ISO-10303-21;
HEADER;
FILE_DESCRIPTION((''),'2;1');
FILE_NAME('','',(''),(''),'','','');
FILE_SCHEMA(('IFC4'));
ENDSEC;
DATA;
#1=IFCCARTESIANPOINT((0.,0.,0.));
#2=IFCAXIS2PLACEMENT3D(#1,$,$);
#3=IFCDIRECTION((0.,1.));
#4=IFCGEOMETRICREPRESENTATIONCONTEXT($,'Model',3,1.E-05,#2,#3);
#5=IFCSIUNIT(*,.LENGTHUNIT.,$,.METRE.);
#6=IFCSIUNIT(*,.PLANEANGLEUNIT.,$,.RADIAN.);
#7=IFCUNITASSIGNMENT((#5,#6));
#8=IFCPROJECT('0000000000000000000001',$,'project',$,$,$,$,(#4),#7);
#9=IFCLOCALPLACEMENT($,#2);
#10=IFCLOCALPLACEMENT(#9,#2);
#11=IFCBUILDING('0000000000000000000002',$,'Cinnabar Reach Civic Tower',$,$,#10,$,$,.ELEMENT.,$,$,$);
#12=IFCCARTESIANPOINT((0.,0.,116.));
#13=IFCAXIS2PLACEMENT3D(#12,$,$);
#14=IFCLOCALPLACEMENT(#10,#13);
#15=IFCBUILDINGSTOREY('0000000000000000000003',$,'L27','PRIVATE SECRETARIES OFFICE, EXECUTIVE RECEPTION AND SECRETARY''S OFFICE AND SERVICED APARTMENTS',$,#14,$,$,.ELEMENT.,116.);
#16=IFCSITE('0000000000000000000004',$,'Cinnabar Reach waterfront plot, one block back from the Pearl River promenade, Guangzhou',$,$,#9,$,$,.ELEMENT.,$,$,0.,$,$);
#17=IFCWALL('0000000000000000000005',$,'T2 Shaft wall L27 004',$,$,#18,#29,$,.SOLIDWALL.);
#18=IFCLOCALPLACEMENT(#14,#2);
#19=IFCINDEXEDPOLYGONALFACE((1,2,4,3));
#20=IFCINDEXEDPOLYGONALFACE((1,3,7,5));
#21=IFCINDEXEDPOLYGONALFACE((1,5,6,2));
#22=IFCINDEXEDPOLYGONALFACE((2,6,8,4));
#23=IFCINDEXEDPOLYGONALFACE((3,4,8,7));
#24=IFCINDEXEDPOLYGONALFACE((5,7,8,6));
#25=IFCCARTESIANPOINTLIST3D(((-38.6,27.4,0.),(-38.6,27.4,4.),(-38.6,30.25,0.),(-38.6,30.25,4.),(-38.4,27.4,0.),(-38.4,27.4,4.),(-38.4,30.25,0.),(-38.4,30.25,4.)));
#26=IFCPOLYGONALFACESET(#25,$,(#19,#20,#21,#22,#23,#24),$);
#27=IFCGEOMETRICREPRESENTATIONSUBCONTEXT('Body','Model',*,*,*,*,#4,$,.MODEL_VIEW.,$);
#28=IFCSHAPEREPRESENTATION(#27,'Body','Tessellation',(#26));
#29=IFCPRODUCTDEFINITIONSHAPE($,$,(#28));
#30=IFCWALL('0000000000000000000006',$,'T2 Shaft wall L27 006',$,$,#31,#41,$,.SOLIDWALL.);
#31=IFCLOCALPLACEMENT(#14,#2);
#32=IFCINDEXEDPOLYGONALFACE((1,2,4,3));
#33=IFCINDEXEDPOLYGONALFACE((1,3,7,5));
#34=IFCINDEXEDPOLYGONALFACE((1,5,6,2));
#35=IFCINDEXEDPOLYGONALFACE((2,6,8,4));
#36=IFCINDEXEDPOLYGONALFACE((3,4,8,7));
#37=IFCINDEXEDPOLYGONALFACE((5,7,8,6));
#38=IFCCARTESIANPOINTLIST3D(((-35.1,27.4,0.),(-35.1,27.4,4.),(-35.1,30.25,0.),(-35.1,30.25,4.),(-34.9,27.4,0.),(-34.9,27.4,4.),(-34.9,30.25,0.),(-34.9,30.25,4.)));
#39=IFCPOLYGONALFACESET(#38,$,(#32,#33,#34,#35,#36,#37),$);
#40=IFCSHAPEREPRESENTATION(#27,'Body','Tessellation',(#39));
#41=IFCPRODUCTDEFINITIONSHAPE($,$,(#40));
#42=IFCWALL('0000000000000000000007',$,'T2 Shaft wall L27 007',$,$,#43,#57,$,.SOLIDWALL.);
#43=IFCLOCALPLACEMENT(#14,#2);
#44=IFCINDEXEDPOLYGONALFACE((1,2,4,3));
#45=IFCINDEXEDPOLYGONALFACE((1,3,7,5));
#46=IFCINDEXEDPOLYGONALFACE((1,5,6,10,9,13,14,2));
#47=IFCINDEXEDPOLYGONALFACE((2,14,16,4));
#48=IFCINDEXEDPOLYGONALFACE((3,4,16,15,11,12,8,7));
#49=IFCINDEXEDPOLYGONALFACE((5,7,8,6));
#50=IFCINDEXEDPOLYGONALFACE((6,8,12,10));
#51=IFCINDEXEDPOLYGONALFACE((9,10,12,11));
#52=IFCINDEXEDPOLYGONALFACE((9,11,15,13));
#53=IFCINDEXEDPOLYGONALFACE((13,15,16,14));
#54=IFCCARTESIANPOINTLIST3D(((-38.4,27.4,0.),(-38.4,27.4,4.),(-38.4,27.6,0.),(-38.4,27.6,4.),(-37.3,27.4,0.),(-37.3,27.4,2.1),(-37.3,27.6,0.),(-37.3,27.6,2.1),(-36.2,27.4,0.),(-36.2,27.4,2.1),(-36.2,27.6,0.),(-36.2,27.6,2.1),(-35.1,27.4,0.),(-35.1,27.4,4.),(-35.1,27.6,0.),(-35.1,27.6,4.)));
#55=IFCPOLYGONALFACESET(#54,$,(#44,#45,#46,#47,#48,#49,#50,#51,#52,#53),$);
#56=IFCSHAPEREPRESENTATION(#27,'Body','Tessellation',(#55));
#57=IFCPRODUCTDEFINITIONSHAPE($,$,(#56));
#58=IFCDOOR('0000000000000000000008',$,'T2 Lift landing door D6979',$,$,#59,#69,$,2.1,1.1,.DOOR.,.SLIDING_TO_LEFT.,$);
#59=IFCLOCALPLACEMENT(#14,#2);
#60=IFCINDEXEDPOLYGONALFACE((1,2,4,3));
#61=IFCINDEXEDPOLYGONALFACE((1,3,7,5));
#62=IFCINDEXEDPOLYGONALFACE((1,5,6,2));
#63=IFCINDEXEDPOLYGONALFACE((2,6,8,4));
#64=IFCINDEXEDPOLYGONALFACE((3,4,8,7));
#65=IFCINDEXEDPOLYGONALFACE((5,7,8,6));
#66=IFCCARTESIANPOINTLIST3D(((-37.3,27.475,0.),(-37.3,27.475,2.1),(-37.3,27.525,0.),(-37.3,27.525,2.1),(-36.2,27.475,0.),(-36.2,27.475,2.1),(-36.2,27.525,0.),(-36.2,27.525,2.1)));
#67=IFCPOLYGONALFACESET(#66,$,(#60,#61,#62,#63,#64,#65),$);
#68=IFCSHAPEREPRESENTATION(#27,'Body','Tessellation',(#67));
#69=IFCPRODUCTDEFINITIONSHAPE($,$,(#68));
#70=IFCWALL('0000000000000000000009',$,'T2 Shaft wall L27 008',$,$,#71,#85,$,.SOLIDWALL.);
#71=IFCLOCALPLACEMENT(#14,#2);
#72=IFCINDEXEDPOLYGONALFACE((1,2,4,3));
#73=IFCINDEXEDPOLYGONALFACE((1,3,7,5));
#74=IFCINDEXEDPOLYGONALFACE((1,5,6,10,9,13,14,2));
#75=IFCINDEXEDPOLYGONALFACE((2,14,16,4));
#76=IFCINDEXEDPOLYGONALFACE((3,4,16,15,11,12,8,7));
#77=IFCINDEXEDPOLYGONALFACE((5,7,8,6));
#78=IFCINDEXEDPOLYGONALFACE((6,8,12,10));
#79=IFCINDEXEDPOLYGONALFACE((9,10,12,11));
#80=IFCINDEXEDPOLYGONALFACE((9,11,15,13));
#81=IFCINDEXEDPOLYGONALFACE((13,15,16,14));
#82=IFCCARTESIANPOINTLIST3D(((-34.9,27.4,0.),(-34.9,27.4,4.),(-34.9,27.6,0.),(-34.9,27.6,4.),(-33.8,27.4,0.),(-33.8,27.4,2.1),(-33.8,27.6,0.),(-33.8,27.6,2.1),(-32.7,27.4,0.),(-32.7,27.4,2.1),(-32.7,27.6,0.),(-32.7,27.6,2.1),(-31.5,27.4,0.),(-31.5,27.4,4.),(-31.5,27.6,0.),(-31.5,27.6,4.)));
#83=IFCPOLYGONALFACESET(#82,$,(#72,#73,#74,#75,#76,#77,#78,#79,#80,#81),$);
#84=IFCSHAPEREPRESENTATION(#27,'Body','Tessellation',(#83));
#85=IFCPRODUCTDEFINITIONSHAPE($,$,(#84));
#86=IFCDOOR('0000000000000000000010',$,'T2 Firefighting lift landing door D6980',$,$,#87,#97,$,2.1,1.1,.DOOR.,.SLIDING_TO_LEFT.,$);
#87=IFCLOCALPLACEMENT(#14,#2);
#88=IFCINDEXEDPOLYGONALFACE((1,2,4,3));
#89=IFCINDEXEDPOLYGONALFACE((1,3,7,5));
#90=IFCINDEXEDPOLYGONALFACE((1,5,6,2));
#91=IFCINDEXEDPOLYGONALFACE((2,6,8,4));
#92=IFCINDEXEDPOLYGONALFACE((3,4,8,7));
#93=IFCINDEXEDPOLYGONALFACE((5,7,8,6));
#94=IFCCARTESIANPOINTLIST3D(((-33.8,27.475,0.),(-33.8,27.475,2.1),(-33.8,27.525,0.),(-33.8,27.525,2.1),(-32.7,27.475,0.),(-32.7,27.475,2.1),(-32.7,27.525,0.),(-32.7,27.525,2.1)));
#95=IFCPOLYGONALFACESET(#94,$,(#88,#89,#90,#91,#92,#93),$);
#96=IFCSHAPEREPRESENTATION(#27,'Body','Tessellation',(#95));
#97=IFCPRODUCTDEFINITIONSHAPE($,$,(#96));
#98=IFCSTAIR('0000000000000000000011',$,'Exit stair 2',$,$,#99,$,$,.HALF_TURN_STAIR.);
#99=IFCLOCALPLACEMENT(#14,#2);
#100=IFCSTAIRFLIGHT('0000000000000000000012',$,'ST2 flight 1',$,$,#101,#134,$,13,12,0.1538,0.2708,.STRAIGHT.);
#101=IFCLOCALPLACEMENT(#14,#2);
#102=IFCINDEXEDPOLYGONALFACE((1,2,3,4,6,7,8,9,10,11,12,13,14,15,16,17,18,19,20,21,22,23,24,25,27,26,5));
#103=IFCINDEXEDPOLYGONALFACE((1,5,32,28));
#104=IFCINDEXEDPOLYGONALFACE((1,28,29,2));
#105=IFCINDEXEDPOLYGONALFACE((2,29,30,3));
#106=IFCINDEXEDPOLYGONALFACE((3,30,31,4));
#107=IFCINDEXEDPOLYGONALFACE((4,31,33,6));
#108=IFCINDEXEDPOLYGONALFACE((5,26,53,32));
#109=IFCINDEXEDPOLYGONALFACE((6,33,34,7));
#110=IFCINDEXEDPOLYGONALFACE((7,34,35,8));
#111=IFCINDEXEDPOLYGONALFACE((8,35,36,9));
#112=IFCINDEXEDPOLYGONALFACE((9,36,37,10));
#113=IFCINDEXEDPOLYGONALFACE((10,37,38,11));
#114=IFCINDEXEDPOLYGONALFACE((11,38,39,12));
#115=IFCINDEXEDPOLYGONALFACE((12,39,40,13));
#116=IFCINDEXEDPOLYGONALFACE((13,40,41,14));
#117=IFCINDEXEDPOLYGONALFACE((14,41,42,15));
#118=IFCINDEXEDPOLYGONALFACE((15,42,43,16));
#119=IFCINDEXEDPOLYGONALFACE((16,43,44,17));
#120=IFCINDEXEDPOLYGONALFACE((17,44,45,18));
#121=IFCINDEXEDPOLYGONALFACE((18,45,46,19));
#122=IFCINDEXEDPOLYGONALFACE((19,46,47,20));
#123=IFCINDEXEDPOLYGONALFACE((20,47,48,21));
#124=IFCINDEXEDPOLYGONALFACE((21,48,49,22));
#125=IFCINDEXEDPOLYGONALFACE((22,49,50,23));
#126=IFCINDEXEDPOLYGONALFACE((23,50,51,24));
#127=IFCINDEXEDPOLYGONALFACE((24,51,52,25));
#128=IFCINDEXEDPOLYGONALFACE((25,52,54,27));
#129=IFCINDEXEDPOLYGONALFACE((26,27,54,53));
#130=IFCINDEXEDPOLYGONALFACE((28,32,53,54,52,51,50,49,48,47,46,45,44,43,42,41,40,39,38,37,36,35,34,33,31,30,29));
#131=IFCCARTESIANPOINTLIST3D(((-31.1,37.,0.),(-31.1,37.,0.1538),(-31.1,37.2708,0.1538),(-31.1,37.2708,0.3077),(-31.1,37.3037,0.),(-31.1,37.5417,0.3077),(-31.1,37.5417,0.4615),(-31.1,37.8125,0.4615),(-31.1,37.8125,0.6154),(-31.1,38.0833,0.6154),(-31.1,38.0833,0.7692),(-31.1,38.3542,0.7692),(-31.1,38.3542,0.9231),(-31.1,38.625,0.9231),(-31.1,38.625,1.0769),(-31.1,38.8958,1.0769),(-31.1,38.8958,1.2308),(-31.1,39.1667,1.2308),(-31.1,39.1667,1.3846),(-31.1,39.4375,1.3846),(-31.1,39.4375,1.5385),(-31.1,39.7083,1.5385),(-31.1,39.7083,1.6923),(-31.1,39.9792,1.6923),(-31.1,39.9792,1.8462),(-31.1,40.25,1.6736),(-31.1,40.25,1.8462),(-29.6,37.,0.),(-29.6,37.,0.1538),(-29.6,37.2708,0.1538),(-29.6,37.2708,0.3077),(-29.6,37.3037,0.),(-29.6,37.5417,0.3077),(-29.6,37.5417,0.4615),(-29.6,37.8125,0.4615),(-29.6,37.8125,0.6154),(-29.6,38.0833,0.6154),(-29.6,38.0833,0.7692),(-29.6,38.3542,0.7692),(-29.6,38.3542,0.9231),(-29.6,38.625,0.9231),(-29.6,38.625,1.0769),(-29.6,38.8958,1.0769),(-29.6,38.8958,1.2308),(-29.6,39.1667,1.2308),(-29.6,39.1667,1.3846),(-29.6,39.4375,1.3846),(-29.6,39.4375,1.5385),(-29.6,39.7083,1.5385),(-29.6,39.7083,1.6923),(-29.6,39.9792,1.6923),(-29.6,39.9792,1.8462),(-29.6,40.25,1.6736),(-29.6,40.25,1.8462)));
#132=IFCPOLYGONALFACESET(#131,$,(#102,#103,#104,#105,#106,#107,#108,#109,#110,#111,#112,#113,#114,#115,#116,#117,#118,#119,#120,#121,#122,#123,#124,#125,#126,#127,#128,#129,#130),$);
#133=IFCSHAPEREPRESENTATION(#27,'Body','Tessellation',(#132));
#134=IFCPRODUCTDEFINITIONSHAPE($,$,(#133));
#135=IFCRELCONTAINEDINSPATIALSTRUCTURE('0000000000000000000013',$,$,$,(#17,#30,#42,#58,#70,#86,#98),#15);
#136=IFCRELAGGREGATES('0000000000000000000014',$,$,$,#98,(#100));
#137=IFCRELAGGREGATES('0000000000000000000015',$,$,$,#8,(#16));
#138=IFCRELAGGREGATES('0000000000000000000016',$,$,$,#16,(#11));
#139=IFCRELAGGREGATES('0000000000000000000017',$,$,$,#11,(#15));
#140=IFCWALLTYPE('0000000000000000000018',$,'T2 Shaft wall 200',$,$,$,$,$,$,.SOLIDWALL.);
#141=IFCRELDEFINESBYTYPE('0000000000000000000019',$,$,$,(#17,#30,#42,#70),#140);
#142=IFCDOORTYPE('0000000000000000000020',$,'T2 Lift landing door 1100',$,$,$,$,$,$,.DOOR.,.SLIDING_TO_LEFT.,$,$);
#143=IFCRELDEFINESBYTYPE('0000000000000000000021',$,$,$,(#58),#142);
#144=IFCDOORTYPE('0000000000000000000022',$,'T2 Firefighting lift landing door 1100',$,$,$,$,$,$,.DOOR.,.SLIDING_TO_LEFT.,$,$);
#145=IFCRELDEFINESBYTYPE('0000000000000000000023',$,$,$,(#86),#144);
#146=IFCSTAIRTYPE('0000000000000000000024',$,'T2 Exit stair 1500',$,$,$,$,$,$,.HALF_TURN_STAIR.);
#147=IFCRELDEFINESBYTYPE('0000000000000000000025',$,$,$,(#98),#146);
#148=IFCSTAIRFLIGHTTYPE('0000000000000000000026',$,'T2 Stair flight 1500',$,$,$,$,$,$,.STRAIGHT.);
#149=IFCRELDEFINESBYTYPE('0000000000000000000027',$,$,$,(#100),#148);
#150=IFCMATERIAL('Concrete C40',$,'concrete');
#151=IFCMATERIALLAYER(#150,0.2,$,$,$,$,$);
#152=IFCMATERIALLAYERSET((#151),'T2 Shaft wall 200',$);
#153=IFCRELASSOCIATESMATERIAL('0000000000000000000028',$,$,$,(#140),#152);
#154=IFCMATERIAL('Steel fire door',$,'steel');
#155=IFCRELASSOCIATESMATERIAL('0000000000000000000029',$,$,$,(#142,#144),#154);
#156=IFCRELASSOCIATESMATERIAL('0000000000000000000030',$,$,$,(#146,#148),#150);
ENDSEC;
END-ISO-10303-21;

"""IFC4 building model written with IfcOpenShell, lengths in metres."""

from ifc_helpers import new_model, si_unit, direction, frame, frame_2d, origin, place, context, subcontext, project, spatial, polyline, rectangle, outline, extrude, material, layer, layer_set, type_object, element, fill, aggregate, save


model = new_model("IFC4")

# Units and contexts
model_context = context("Model", 3, precision=1e-05, world=origin(), true_north=direction((0.0, 1.0)))
body_context = subcontext(model_context, "Body", "Model", "MODEL_VIEW")
ifc_project = project(units=[si_unit("LENGTHUNIT", "METRE"), si_unit("PLANEANGLEUNIT", "RADIAN")], contexts=[model_context])

# Site, building, storey
site_placement = place(None, origin())
site = spatial("IfcSite", under=ifc_project, at=site_placement, Name="Cinnabar Reach waterfront plot, one block back from the Pearl River promenade, Guangzhou", CompositionType="ELEMENT", RefElevation=0.0)
building_placement = place(site_placement, origin())
building = spatial("IfcBuilding", under=site, at=building_placement, Name="Cinnabar Reach Civic Tower", CompositionType="ELEMENT")
storey_placement = place(building_placement, frame((0.0, 0.0, 116.0)))
storey = spatial("IfcBuildingStorey", under=building, at=storey_placement, Name="L27", Description="PRIVATE SECRETARIES OFFICE, EXECUTIVE RECEPTION AND SECRETARY'S OFFICE AND SERVICED APARTMENTS", CompositionType="ELEMENT", Elevation=116.0)

# Shared definitions
ifc_material_1 = material(Name="Steel fire door", Category="steel")

# Walls
ifc_material_2 = material(Name="Concrete C40", Category="concrete")
ifc_layer_1 = layer(ifc_material_2, 0.2)
ifc_layer_set_1 = layer_set([ifc_layer_1], Name="T2 Shaft wall 200")
wall_type_1 = type_object("IfcWallType", Name="T2 Shaft wall 200", PredefinedType="SOLIDWALL", material=ifc_layer_set_1)
for number, where, z_axis, x_axis, name in (
    (1, (-38.5, 27.4, 0.0), (0.0, 0.0, 1.0), (0.0, 1.0, 0.0), "T2 Shaft wall L27 004"),
    (2, (-35.0, 27.4, 0.0), (0.0, 0.0, 1.0), (0.0, 1.0, 0.0), "T2 Shaft wall L27 006"),
):
    element("IfcWall", number, at=place(storey_placement, frame(where, z_axis=z_axis, x_axis=x_axis)), inside=storey, type_object=wall_type_1, Name=name, PredefinedType="SOLIDWALL", context=body_context, shape_type="SweptSolid", body=[
        extrude(rectangle(XDim=2.85, YDim=0.2, at=frame_2d((1.425, 0.0))), origin(), (0.0, 0.0, 1.0), 4.0),
    ])

# Walls, openings, doors
wall_1_placement = place(storey_placement, frame((-38.4, 27.5, 0.0), z_axis=(0.0, 0.0, 1.0), x_axis=(1.0, 0.0, 0.0)))
wall_1 = element("IfcWall", 3, at=wall_1_placement, inside=storey, type_object=wall_type_1, Name="T2 Shaft wall L27 007", PredefinedType="SOLIDWALL", context=body_context, shape_type="SweptSolid", body=[
    extrude(rectangle(XDim=3.3, YDim=0.2, at=frame_2d((1.65, 0.0))), origin(), (0.0, 0.0, 1.0), 4.0),
])
opening_1_placement = place(wall_1_placement, frame((1.1, 0.0, 0.0)))
opening_1 = element("IfcOpeningElement", 4, at=opening_1_placement, cuts=wall_1, PredefinedType="OPENING", context=body_context, shape_type="SweptSolid", body=[
    extrude(rectangle(XDim=1.1, YDim=2.1, at=frame_2d((0.55, 1.05))), frame((0.0, 0.11, 0.0), z_axis=(0.0, -1.0, 0.0), x_axis=(1.0, 0.0, 0.0)), (0.0, 0.0, 1.0), 0.22),
])
door_type_1 = type_object("IfcDoorType", Name="T2 Lift landing door 1100", OperationType="SLIDING_TO_LEFT", PredefinedType="DOOR", material=ifc_material_1)
door_1_placement = place(opening_1_placement, origin())
door_1 = element("IfcDoor", 5, at=door_1_placement, inside=storey, type_object=door_type_1, Name="T2 Lift landing door D6979", OperationType="SLIDING_TO_LEFT", OverallHeight=2.1, OverallWidth=1.1, PredefinedType="DOOR", context=body_context, shape_type="SweptSolid", body=[
    extrude(rectangle(XDim=1.1, YDim=2.1, at=frame_2d((0.55, 1.05))), frame((0.0, 0.025, 0.0), z_axis=(0.0, -1.0, 0.0), x_axis=(1.0, 0.0, 0.0)), (0.0, 0.0, 1.0), 0.05),
])
fill(opening_1, door_1)
wall_2_placement = place(storey_placement, frame((-34.9, 27.5, 0.0), z_axis=(0.0, 0.0, 1.0), x_axis=(1.0, 0.0, 0.0)))
wall_2 = element("IfcWall", 6, at=wall_2_placement, inside=storey, type_object=wall_type_1, Name="T2 Shaft wall L27 008", PredefinedType="SOLIDWALL", context=body_context, shape_type="SweptSolid", body=[
    extrude(rectangle(XDim=3.4, YDim=0.2, at=frame_2d((1.7, 0.0))), origin(), (0.0, 0.0, 1.0), 4.0),
])
opening_2_placement = place(wall_2_placement, frame((1.1, 0.0, 0.0)))
opening_2 = element("IfcOpeningElement", 7, at=opening_2_placement, cuts=wall_2, PredefinedType="OPENING", context=body_context, shape_type="SweptSolid", body=[
    extrude(rectangle(XDim=1.1, YDim=2.1, at=frame_2d((0.55, 1.05))), frame((0.0, 0.11, 0.0), z_axis=(0.0, -1.0, 0.0), x_axis=(1.0, 0.0, 0.0)), (0.0, 0.0, 1.0), 0.22),
])
door_type_2 = type_object("IfcDoorType", Name="T2 Firefighting lift landing door 1100", OperationType="SLIDING_TO_LEFT", PredefinedType="DOOR", material=ifc_material_1)
door_2_placement = place(opening_2_placement, origin())
door_2 = element("IfcDoor", 8, at=door_2_placement, inside=storey, type_object=door_type_2, Name="T2 Firefighting lift landing door D6980", OperationType="SLIDING_TO_LEFT", OverallHeight=2.1, OverallWidth=1.1, PredefinedType="DOOR", context=body_context, shape_type="SweptSolid", body=[
    extrude(rectangle(XDim=1.1, YDim=2.1, at=frame_2d((0.55, 1.05))), frame((0.0, 0.025, 0.0), z_axis=(0.0, -1.0, 0.0), x_axis=(1.0, 0.0, 0.0)), (0.0, 0.0, 1.0), 0.05),
])
fill(opening_2, door_2)

# Stair, stair flight
stair_type = type_object("IfcStairType", Name="T2 Exit stair 1500", PredefinedType="HALF_TURN_STAIR", material=ifc_material_2)
stair_placement = place(storey_placement, origin())
stair = element("IfcStair", 9, at=stair_placement, inside=storey, type_object=stair_type, Name="Exit stair 2", PredefinedType="HALF_TURN_STAIR")
stair_flight_type = type_object("IfcStairFlightType", Name="T2 Stair flight 1500", PredefinedType="STRAIGHT", material=ifc_material_2)
stair_flight_placement = place(storey_placement, frame((-30.35, 37.0, 0.0), z_axis=(0.0, 0.0, 1.0), x_axis=(0.0, 1.0, 0.0)))
stair_flight = element("IfcStairFlight", 10, at=stair_flight_placement, type_object=stair_flight_type, Name="ST2 flight 1", NumberOfRisers=13, NumberOfTreads=12, PredefinedType="STRAIGHT", RiserHeight=0.1538, TreadLength=0.2708, context=body_context, shape_type="SweptSolid", body=[
    extrude(outline(polyline([(0.0, 0.0), (0.0, 0.1538), (0.2708, 0.1538), (0.2708, 0.3077), (0.5417, 0.3077), (0.5417, 0.4615), (0.8125, 0.4615), (0.8125, 0.6154), (1.0833, 0.6154), (1.0833, 0.7692), (1.3542, 0.7692), (1.3542, 0.9231), (1.625, 0.9231), (1.625, 1.0769), (1.8958, 1.0769), (1.8958, 1.2308), (2.1667, 1.2308), (2.1667, 1.3846), (2.4375, 1.3846), (2.4375, 1.5385), (2.7083, 1.5385), (2.7083, 1.6923), (2.9792, 1.6923), (2.9792, 1.8462), (3.25, 1.8462), (3.25, 2.0), (3.25, 1.6736), (0.3037, 0.0), (0.0, 0.0)])), frame((0.0, 0.75, 0.0), z_axis=(0.0, -1.0, 0.0), x_axis=(1.0, 0.0, 0.0)), (0.0, 0.0, 1.0), 1.5),
])
aggregate(stair, [stair_flight])

save(model, "model.ifc")
